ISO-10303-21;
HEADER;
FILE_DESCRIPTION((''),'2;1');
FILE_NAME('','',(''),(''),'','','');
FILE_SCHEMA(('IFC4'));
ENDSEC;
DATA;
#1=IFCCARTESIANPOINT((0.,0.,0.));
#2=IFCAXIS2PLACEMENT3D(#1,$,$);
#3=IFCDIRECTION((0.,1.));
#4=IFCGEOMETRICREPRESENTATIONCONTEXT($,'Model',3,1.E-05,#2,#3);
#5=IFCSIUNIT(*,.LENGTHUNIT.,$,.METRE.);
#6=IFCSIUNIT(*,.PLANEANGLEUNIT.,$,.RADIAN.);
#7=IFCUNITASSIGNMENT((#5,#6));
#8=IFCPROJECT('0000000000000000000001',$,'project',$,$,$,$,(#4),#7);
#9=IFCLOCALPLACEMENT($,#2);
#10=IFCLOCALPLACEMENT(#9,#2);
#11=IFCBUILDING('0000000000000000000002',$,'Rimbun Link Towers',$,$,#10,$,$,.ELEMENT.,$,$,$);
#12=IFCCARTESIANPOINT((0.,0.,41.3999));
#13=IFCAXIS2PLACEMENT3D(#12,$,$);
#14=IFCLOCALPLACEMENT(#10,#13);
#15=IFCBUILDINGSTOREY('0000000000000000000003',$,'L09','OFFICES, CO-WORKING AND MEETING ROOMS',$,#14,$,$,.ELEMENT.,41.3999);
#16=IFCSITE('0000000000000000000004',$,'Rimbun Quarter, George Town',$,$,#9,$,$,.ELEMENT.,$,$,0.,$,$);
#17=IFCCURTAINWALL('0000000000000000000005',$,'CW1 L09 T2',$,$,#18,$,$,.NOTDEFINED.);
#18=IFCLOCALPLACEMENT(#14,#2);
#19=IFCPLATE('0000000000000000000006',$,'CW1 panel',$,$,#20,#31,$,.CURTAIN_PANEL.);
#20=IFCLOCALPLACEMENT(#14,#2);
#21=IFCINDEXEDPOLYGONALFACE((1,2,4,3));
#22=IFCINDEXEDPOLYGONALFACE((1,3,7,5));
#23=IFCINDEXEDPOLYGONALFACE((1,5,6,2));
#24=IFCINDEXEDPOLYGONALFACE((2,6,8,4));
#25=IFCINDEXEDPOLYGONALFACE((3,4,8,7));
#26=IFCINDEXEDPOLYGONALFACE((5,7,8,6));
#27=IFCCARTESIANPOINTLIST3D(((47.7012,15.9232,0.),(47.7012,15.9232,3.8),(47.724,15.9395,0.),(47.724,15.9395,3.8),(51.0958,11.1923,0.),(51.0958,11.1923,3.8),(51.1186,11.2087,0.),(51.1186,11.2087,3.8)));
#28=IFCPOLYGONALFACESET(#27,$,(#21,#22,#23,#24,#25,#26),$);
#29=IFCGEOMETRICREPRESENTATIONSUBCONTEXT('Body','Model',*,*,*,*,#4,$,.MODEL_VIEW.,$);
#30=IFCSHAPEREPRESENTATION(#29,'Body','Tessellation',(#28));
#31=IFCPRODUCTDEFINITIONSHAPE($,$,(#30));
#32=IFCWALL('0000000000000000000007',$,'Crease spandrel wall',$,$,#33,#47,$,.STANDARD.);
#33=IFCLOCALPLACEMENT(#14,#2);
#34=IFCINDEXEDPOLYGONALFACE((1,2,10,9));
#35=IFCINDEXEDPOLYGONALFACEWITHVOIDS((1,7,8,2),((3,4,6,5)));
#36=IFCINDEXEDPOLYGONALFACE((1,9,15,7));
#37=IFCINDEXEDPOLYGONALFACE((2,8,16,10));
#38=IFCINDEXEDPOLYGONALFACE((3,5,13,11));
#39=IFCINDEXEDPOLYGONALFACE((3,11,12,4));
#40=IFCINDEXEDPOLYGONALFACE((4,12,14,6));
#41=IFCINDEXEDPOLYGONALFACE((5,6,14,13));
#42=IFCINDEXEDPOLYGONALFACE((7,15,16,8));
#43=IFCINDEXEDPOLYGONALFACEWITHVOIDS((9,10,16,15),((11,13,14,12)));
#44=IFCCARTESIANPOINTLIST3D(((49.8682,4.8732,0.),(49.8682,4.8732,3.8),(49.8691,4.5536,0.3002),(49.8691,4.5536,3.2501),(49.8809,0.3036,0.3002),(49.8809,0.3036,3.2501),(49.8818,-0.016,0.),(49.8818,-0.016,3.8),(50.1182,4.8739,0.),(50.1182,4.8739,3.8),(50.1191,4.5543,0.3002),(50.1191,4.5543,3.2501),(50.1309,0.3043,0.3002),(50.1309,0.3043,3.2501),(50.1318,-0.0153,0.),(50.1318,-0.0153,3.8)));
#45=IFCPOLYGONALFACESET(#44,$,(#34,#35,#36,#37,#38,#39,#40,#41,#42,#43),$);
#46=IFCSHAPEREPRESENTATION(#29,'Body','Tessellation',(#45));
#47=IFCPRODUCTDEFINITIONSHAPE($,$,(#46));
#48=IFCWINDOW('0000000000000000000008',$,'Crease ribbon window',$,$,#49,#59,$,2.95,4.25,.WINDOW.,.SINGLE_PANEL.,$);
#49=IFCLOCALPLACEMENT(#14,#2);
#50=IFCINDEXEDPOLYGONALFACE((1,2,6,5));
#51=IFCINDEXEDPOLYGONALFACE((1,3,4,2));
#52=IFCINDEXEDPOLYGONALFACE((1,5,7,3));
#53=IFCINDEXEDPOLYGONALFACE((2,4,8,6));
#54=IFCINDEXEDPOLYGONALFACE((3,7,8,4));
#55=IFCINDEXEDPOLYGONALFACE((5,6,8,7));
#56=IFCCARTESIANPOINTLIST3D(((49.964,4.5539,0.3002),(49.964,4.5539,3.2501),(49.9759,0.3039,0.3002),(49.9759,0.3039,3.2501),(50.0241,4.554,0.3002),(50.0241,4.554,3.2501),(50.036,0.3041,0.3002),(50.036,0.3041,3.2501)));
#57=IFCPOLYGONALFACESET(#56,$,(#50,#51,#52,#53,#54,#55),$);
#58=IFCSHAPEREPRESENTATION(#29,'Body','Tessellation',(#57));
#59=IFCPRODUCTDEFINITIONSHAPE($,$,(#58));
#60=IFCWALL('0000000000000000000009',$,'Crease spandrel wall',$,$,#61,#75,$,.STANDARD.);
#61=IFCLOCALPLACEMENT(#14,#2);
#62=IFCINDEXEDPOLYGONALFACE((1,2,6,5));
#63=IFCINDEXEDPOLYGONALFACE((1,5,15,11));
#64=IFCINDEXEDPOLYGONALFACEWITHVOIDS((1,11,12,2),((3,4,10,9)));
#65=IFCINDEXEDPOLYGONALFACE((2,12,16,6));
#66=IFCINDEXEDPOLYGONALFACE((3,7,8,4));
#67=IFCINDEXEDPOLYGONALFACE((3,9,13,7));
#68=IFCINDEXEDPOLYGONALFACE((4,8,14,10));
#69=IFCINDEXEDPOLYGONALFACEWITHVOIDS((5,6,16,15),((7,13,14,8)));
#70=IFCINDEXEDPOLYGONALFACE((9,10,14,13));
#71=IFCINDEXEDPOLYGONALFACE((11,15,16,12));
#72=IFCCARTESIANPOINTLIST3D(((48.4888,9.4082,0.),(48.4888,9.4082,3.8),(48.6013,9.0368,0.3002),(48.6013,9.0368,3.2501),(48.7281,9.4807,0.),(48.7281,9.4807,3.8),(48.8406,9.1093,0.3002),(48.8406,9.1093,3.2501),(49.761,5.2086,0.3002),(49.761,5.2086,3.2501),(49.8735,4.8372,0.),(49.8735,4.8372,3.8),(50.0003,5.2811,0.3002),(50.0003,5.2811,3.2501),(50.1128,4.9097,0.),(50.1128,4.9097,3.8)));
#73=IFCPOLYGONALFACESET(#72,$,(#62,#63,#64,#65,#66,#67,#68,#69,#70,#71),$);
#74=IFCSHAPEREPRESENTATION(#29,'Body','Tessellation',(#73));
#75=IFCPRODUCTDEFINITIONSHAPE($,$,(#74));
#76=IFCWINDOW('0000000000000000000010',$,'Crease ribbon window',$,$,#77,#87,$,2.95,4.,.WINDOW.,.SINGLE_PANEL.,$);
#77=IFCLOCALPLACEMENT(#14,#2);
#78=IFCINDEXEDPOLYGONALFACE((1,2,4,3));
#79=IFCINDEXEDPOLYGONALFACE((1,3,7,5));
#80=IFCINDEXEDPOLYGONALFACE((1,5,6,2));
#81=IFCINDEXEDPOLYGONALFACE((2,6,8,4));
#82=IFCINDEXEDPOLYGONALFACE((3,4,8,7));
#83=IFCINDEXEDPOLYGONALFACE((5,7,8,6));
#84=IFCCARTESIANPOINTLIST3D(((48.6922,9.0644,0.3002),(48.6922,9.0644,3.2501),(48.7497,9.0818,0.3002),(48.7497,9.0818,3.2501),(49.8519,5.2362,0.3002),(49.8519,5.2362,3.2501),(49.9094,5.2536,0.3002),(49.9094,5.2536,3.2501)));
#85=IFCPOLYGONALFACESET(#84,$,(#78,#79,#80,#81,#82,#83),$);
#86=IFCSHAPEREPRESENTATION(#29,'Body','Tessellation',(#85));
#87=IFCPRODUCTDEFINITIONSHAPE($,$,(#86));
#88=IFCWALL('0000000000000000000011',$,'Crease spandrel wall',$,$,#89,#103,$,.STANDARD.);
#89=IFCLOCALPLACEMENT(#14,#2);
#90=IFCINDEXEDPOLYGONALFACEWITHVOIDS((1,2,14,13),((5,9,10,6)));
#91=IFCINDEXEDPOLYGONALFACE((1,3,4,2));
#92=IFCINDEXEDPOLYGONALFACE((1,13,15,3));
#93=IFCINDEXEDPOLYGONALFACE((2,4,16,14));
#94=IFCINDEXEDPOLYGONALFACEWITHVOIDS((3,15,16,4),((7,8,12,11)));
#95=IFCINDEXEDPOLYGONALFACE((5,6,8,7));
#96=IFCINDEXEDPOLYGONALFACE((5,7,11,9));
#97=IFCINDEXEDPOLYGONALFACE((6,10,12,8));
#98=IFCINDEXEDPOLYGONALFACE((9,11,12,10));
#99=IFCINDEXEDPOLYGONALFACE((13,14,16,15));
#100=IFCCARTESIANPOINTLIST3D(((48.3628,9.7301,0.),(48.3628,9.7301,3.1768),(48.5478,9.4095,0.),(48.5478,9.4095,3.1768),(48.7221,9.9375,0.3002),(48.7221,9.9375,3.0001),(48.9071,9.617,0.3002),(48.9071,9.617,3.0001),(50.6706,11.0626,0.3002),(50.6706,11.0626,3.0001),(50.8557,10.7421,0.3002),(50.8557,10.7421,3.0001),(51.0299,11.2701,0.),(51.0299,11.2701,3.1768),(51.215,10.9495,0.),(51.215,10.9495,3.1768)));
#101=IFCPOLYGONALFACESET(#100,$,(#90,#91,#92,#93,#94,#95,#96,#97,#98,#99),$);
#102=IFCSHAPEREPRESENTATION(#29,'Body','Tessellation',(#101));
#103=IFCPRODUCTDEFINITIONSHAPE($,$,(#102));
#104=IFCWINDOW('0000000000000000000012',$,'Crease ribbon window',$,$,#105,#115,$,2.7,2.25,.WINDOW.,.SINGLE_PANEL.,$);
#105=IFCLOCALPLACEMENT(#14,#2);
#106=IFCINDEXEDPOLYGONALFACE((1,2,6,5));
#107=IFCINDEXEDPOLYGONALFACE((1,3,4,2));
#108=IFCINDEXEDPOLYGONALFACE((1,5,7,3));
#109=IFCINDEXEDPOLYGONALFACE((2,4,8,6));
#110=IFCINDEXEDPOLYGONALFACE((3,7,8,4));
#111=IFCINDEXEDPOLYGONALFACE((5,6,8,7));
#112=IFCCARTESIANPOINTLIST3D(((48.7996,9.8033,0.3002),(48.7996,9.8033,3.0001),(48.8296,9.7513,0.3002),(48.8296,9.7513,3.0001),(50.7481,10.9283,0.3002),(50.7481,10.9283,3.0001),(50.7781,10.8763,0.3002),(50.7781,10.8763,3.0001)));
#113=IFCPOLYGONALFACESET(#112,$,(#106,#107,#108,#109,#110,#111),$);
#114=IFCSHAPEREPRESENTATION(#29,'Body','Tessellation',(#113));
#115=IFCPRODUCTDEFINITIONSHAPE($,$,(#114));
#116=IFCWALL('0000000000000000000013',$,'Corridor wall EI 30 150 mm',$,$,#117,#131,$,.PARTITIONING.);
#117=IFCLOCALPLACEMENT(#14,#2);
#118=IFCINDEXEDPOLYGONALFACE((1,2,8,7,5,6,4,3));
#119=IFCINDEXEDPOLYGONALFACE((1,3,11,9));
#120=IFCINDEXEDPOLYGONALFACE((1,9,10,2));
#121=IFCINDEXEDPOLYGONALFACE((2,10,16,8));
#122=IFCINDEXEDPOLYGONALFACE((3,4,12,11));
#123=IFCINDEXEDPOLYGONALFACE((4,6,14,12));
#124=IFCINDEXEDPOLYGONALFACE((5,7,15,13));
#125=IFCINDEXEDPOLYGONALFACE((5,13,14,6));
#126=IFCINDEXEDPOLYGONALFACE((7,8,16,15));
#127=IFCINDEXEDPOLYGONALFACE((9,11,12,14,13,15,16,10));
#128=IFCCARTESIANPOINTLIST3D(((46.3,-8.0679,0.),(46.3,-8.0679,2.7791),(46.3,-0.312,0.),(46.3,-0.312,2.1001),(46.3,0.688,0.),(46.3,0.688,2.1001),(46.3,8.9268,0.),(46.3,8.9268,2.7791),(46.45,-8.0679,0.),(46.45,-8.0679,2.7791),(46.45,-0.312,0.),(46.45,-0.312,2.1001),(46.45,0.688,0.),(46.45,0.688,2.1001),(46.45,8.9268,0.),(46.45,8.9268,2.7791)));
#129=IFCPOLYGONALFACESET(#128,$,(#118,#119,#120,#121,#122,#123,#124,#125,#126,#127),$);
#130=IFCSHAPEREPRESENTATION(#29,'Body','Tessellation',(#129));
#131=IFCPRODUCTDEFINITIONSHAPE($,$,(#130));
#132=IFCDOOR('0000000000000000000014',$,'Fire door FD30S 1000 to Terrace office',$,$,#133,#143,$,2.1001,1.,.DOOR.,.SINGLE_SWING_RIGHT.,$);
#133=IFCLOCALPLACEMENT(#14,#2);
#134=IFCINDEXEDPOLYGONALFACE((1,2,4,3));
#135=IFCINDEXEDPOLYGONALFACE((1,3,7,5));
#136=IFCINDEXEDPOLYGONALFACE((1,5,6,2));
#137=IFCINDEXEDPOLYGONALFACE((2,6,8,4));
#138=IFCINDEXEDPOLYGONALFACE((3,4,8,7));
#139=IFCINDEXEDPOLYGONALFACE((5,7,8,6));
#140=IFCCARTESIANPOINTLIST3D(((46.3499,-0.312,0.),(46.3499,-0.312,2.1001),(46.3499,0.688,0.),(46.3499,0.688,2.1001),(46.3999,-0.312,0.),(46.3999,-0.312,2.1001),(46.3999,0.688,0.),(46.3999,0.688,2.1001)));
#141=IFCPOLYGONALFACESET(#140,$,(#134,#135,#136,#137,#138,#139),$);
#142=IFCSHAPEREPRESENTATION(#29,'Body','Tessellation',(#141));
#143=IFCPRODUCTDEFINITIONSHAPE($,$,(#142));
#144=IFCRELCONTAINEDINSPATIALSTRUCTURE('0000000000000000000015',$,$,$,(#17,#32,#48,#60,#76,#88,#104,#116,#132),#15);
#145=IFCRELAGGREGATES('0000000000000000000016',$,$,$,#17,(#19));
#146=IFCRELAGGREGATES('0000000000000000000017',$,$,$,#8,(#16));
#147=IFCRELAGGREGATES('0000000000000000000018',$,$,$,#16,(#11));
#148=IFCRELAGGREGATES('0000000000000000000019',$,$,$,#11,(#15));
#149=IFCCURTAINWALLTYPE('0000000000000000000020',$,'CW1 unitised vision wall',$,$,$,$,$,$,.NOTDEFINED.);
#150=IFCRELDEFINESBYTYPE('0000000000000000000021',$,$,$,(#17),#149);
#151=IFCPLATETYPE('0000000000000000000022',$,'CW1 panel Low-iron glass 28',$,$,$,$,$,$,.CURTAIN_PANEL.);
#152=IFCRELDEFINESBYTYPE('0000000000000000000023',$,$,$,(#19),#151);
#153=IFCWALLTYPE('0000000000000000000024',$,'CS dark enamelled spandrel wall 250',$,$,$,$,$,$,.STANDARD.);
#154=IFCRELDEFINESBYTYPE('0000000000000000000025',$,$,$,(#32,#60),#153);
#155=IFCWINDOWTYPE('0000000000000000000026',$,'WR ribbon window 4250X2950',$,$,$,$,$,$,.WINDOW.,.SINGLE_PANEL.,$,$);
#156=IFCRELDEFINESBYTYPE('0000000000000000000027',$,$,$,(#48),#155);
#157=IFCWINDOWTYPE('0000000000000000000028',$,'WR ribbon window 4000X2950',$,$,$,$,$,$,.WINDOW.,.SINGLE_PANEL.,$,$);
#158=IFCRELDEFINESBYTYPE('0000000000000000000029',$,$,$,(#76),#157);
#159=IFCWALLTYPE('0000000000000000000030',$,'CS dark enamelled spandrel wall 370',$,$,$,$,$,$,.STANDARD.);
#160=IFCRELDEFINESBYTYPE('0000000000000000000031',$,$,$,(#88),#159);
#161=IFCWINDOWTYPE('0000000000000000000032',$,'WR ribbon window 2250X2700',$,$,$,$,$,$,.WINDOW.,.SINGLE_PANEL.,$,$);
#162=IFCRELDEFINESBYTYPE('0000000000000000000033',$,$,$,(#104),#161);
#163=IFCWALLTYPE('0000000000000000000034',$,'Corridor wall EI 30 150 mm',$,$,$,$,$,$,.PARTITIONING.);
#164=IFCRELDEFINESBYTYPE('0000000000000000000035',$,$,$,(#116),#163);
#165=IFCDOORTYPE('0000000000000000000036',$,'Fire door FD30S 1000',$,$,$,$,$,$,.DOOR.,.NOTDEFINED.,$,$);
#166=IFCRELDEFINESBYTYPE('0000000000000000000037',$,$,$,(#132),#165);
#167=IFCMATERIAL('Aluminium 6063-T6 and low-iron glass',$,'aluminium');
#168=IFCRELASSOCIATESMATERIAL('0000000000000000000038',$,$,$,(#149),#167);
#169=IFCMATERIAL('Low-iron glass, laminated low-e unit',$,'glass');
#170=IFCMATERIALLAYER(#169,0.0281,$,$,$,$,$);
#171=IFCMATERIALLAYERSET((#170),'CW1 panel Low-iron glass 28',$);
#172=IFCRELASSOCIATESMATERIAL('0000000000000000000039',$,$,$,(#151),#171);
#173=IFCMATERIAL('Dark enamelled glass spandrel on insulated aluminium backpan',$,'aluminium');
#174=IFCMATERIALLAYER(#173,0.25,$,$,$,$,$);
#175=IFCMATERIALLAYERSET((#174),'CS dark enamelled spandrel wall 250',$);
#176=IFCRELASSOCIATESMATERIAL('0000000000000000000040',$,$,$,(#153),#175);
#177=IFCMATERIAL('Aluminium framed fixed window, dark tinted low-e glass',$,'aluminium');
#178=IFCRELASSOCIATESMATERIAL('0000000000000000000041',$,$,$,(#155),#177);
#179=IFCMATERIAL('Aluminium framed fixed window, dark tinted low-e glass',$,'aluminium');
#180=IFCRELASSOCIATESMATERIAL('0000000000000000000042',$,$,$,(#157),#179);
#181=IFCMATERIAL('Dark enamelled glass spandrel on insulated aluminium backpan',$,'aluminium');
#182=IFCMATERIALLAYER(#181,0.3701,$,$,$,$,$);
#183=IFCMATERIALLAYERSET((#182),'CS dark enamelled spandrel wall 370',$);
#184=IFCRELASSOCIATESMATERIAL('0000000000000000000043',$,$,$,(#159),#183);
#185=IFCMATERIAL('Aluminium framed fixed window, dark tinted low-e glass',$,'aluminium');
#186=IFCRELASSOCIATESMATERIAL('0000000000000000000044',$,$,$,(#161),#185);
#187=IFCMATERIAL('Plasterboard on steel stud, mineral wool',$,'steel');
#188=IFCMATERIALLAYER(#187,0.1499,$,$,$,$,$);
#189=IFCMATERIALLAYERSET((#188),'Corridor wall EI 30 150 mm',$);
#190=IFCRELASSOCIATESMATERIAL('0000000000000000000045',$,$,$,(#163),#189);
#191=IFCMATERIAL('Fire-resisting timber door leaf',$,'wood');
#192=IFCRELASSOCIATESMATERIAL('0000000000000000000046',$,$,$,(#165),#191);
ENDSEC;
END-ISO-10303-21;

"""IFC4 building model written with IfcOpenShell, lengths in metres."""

from ifc_helpers import new_model, si_unit, direction, frame, frame_2d, origin, origin_2d, place, context, subcontext, project, spatial, rectangle, extrude, material, layer, layer_set, type_object, element, fill, aggregate, save


model = new_model("IFC4")

# Units and contexts
model_context = context("Model", 3, precision=1e-05, world=origin(), true_north=direction((0.0, 1.0)))
body_context = subcontext(model_context, "Body", "Model", "MODEL_VIEW")
ifc_project = project(units=[si_unit("LENGTHUNIT", "METRE"), si_unit("PLANEANGLEUNIT", "RADIAN")], contexts=[model_context])

# Site, building, storey
site_placement = place(None, origin())
site = spatial("IfcSite", under=ifc_project, at=site_placement, Name="Rimbun Quarter, George Town", CompositionType="ELEMENT", RefElevation=0.0)
building_placement = place(site_placement, origin())
building = spatial("IfcBuilding", under=site, at=building_placement, Name="Rimbun Link Towers", CompositionType="ELEMENT")
storey_placement = place(building_placement, frame((0.0, 0.0, 41.3999)))
storey = spatial("IfcBuildingStorey", under=building, at=storey_placement, Name="L09", Description="OFFICES, CO-WORKING AND MEETING ROOMS", CompositionType="ELEMENT", Elevation=41.3999)

# Curtain wall
ifc_material_1 = material(Name="Aluminium 6063-T6 and low-iron glass", Category="aluminium")
curtain_wall_type = type_object("IfcCurtainWallType", Name="CW1 unitised vision wall", PredefinedType="NOTDEFINED", material=ifc_material_1)
curtain_wall_placement = place(storey_placement, origin())
curtain_wall = element("IfcCurtainWall", 1, at=curtain_wall_placement, inside=storey, type_object=curtain_wall_type, Name="CW1 L09 T2", PredefinedType="NOTDEFINED")

# Plate
ifc_material_2 = material(Name="Low-iron glass, laminated low-e unit", Category="glass")
ifc_layer_1 = layer(ifc_material_2, 0.0281)
ifc_layer_set_1 = layer_set([ifc_layer_1], Name="CW1 panel Low-iron glass 28")
plate_type = type_object("IfcPlateType", Name="CW1 panel Low-iron glass 28", PredefinedType="CURTAIN_PANEL", material=ifc_layer_set_1)
plate_placement = place(storey_placement, frame((49.4099, 13.5659, 0.0), z_axis=(0.0, 0.0, 1.0), x_axis=(0.582996, -0.812475, 0.0)))
plate = element("IfcPlate", 2, at=plate_placement, type_object=plate_type, Name="CW1 panel", PredefinedType="CURTAIN_PANEL", context=body_context, shape_type="SweptSolid", body=[
    extrude(rectangle(XDim=5.8228, YDim=0.0281, at=origin_2d()), origin(), (0.0, 0.0, 1.0), 3.8),
])
aggregate(curtain_wall, [plate])

# Walls, openings, windows
ifc_material_3 = material(Name="Dark enamelled glass spandrel on insulated aluminium backpan", Category="aluminium")
ifc_layer_2 = layer(ifc_material_3, 0.25)
ifc_layer_set_2 = layer_set([ifc_layer_2], Name="CS dark enamelled spandrel wall 250")
wall_type_1 = type_object("IfcWallType", Name="CS dark enamelled spandrel wall 250", PredefinedType="STANDARD", material=ifc_layer_set_2)
wall_1_placement = place(storey_placement, frame((49.9932, 4.8735, 0.0), z_axis=(0.0, 0.0, 1.0), x_axis=(0.002796, -0.999996, 0.0)))
wall_1 = element("IfcWall", 3, at=wall_1_placement, inside=storey, type_object=wall_type_1, Name="Crease spandrel wall", PredefinedType="STANDARD", context=body_context, shape_type="SweptSolid", body=[
    extrude(rectangle(XDim=4.8892, YDim=0.25, at=frame_2d((2.4446, 0.0))), origin(), (0.0, 0.0, 1.0), 3.8),
])
opening_1_placement = place(wall_1_placement, frame((0.3196, 0.0, 0.3)))
opening_1 = element("IfcOpeningElement", 4, at=opening_1_placement, cuts=wall_1, PredefinedType="OPENING", context=body_context, shape_type="SweptSolid", body=[
    extrude(rectangle(XDim=4.25, YDim=2.95, at=frame_2d((2.125, 1.4751))), frame((0.0, 0.135, 0.0), z_axis=(0.0, -1.0, 0.0), x_axis=(1.0, 0.0, 0.0)), (0.0, 0.0, 1.0), 0.27),
])
ifc_material_4 = material(Name="Aluminium framed fixed window, dark tinted low-e glass", Category="aluminium")
window_type_1 = type_object("IfcWindowType", Name="WR ribbon window 4250X2950", PartitioningType="SINGLE_PANEL", PredefinedType="WINDOW", material=ifc_material_4)
window_1_placement = place(opening_1_placement, origin())
window_1 = element("IfcWindow", 5, at=window_1_placement, inside=storey, type_object=window_type_1, Name="Crease ribbon window", OverallHeight=2.95, OverallWidth=4.25, PartitioningType="SINGLE_PANEL", PredefinedType="WINDOW", context=body_context, shape_type="SweptSolid", body=[
    extrude(rectangle(XDim=4.25, YDim=2.95, at=frame_2d((2.125, 1.4751))), frame((0.0, 0.03, 0.0), z_axis=(0.0, -1.0, 0.0), x_axis=(1.0, 0.0, 0.0)), (0.0, 0.0, 1.0), 0.0601),
])
fill(opening_1, window_1)
wall_2_placement = place(storey_placement, frame((48.6084, 9.4446, 0.0), z_axis=(0.0, 0.0, 1.0), x_axis=(0.289931, -0.957048, 0.0)))
wall_2 = element("IfcWall", 6, at=wall_2_placement, inside=storey, type_object=wall_type_1, Name="Crease spandrel wall", PredefinedType="STANDARD", context=body_context, shape_type="SweptSolid", body=[
    extrude(rectangle(XDim=4.7761, YDim=0.25, at=frame_2d((2.3882, 0.0))), origin(), (0.0, 0.0, 1.0), 3.8),
])
opening_2_placement = place(wall_2_placement, frame((0.3882, 0.0, 0.3)))
opening_2 = element("IfcOpeningElement", 7, at=opening_2_placement, cuts=wall_2, PredefinedType="OPENING", context=body_context, shape_type="SweptSolid", body=[
    extrude(rectangle(XDim=4.0, YDim=2.95, at=frame_2d((2.0, 1.4751))), frame((0.0, 0.135, 0.0), z_axis=(0.0, -1.0, 0.0), x_axis=(1.0, 0.0, 0.0)), (0.0, 0.0, 1.0), 0.27),
])
ifc_material_5 = material(Name="Aluminium framed fixed window, dark tinted low-e glass", Category="aluminium")
window_type_2 = type_object("IfcWindowType", Name="WR ribbon window 4000X2950", PartitioningType="SINGLE_PANEL", PredefinedType="WINDOW", material=ifc_material_5)
window_2_placement = place(opening_2_placement, origin())
window_2 = element("IfcWindow", 8, at=window_2_placement, inside=storey, type_object=window_type_2, Name="Crease ribbon window", OverallHeight=2.95, OverallWidth=4.0, PartitioningType="SINGLE_PANEL", PredefinedType="WINDOW", context=body_context, shape_type="SweptSolid", body=[
    extrude(rectangle(XDim=4.0, YDim=2.95, at=frame_2d((2.0, 1.4751))), frame((0.0, 0.03, 0.0), z_axis=(0.0, -1.0, 0.0), x_axis=(1.0, 0.0, 0.0)), (0.0, 0.0, 1.0), 0.0601),
])
fill(opening_2, window_2)
ifc_material_6 = material(Name="Dark enamelled glass spandrel on insulated aluminium backpan", Category="aluminium")
ifc_layer_3 = layer(ifc_material_6, 0.3701)
ifc_layer_set_3 = layer_set([ifc_layer_3], Name="CS dark enamelled spandrel wall 370")
wall_type_2 = type_object("IfcWallType", Name="CS dark enamelled spandrel wall 370", PredefinedType="STANDARD", material=ifc_layer_set_3)
wall_3_placement = place(storey_placement, frame((51.1226, 11.1099, 0.0), z_axis=(0.0, 0.0, 1.0), x_axis=(-0.86601, -0.500027, 0.0)))
wall_3 = element("IfcWall", 9, at=wall_3_placement, inside=storey, type_object=wall_type_2, Name="Crease spandrel wall", PredefinedType="STANDARD", context=body_context, shape_type="SweptSolid", body=[
    extrude(rectangle(XDim=3.0798, YDim=0.3701, at=frame_2d((1.54, 0.0))), origin(), (0.0, 0.0, 1.0), 3.1768),
])
opening_3_placement = place(wall_3_placement, frame((0.415, 0.0, 0.3)))
opening_3 = element("IfcOpeningElement", 10, at=opening_3_placement, cuts=wall_3, PredefinedType="OPENING", context=body_context, shape_type="SweptSolid", body=[
    extrude(rectangle(XDim=2.25, YDim=2.7, at=frame_2d((1.125, 1.3501))), frame((0.0, 0.1951, 0.0), z_axis=(0.0, -1.0, 0.0), x_axis=(1.0, 0.0, 0.0)), (0.0, 0.0, 1.0), 0.3901),
])
ifc_material_7 = material(Name="Aluminium framed fixed window, dark tinted low-e glass", Category="aluminium")
window_type_3 = type_object("IfcWindowType", Name="WR ribbon window 2250X2700", PartitioningType="SINGLE_PANEL", PredefinedType="WINDOW", material=ifc_material_7)
window_3_placement = place(opening_3_placement, origin())
window_3 = element("IfcWindow", 11, at=window_3_placement, inside=storey, type_object=window_type_3, Name="Crease ribbon window", OverallHeight=2.7, OverallWidth=2.25, PartitioningType="SINGLE_PANEL", PredefinedType="WINDOW", context=body_context, shape_type="SweptSolid", body=[
    extrude(rectangle(XDim=2.25, YDim=2.7, at=frame_2d((1.125, 1.3501))), frame((0.0, 0.03, 0.0), z_axis=(0.0, -1.0, 0.0), x_axis=(1.0, 0.0, 0.0)), (0.0, 0.0, 1.0), 0.0601),
])
fill(opening_3, window_3)

# Wall, opening, door
ifc_material_8 = material(Name="Plasterboard on steel stud, mineral wool", Category="steel")
ifc_layer_4 = layer(ifc_material_8, 0.1499)
ifc_layer_set_4 = layer_set([ifc_layer_4], Name="Corridor wall EI 30 150 mm")
wall_type_3 = type_object("IfcWallType", Name="Corridor wall EI 30 150 mm", PredefinedType="PARTITIONING", material=ifc_layer_set_4)
wall_4_placement = place(storey_placement, frame((46.375, 8.9268, 0.0), z_axis=(0.0, 0.0, 1.0), x_axis=(0.0, -1.0, 0.0)))
wall_4 = element("IfcWall", 12, at=wall_4_placement, inside=storey, type_object=wall_type_3, Name="Corridor wall EI 30 150 mm", PredefinedType="PARTITIONING", context=body_context, shape_type="SweptSolid", body=[
    extrude(rectangle(XDim=16.9946, YDim=0.1499, at=frame_2d((8.4973, 0.0))), origin(), (0.0, 0.0, 1.0), 2.7791),
])
opening_4_placement = place(wall_4_placement, frame((8.2388, 0.0, 0.0)))
opening_4 = element("IfcOpeningElement", 13, at=opening_4_placement, cuts=wall_4, PredefinedType="OPENING", context=body_context, shape_type="SweptSolid", body=[
    extrude(rectangle(XDim=1.0, YDim=2.1001, at=frame_2d((0.5, 1.05))), frame((0.0, 0.085, 0.0), z_axis=(0.0, -1.0, 0.0), x_axis=(1.0, 0.0, 0.0)), (0.0, 0.0, 1.0), 0.1699),
])
ifc_material_9 = material(Name="Fire-resisting timber door leaf", Category="wood")
door_type_1 = type_object("IfcDoorType", Name="Fire door FD30S 1000", OperationType="NOTDEFINED", PredefinedType="DOOR", material=ifc_material_9)
door_1_placement = place(opening_4_placement, origin())
door_1 = element("IfcDoor", 14, at=door_1_placement, inside=storey, type_object=door_type_1, Name="Fire door FD30S 1000 to Terrace office", OperationType="SINGLE_SWING_RIGHT", OverallHeight=2.1001, OverallWidth=1.0, PredefinedType="DOOR", context=body_context, shape_type="SweptSolid", body=[
    extrude(rectangle(XDim=1.0, YDim=2.1001, at=frame_2d((0.5, 1.05))), frame((0.0, 0.0249, 0.0), z_axis=(0.0, -1.0, 0.0), x_axis=(1.0, 0.0, 0.0)), (0.0, 0.0, 1.0), 0.05),
])
fill(opening_4, door_1)

save(model, "model.ifc")
